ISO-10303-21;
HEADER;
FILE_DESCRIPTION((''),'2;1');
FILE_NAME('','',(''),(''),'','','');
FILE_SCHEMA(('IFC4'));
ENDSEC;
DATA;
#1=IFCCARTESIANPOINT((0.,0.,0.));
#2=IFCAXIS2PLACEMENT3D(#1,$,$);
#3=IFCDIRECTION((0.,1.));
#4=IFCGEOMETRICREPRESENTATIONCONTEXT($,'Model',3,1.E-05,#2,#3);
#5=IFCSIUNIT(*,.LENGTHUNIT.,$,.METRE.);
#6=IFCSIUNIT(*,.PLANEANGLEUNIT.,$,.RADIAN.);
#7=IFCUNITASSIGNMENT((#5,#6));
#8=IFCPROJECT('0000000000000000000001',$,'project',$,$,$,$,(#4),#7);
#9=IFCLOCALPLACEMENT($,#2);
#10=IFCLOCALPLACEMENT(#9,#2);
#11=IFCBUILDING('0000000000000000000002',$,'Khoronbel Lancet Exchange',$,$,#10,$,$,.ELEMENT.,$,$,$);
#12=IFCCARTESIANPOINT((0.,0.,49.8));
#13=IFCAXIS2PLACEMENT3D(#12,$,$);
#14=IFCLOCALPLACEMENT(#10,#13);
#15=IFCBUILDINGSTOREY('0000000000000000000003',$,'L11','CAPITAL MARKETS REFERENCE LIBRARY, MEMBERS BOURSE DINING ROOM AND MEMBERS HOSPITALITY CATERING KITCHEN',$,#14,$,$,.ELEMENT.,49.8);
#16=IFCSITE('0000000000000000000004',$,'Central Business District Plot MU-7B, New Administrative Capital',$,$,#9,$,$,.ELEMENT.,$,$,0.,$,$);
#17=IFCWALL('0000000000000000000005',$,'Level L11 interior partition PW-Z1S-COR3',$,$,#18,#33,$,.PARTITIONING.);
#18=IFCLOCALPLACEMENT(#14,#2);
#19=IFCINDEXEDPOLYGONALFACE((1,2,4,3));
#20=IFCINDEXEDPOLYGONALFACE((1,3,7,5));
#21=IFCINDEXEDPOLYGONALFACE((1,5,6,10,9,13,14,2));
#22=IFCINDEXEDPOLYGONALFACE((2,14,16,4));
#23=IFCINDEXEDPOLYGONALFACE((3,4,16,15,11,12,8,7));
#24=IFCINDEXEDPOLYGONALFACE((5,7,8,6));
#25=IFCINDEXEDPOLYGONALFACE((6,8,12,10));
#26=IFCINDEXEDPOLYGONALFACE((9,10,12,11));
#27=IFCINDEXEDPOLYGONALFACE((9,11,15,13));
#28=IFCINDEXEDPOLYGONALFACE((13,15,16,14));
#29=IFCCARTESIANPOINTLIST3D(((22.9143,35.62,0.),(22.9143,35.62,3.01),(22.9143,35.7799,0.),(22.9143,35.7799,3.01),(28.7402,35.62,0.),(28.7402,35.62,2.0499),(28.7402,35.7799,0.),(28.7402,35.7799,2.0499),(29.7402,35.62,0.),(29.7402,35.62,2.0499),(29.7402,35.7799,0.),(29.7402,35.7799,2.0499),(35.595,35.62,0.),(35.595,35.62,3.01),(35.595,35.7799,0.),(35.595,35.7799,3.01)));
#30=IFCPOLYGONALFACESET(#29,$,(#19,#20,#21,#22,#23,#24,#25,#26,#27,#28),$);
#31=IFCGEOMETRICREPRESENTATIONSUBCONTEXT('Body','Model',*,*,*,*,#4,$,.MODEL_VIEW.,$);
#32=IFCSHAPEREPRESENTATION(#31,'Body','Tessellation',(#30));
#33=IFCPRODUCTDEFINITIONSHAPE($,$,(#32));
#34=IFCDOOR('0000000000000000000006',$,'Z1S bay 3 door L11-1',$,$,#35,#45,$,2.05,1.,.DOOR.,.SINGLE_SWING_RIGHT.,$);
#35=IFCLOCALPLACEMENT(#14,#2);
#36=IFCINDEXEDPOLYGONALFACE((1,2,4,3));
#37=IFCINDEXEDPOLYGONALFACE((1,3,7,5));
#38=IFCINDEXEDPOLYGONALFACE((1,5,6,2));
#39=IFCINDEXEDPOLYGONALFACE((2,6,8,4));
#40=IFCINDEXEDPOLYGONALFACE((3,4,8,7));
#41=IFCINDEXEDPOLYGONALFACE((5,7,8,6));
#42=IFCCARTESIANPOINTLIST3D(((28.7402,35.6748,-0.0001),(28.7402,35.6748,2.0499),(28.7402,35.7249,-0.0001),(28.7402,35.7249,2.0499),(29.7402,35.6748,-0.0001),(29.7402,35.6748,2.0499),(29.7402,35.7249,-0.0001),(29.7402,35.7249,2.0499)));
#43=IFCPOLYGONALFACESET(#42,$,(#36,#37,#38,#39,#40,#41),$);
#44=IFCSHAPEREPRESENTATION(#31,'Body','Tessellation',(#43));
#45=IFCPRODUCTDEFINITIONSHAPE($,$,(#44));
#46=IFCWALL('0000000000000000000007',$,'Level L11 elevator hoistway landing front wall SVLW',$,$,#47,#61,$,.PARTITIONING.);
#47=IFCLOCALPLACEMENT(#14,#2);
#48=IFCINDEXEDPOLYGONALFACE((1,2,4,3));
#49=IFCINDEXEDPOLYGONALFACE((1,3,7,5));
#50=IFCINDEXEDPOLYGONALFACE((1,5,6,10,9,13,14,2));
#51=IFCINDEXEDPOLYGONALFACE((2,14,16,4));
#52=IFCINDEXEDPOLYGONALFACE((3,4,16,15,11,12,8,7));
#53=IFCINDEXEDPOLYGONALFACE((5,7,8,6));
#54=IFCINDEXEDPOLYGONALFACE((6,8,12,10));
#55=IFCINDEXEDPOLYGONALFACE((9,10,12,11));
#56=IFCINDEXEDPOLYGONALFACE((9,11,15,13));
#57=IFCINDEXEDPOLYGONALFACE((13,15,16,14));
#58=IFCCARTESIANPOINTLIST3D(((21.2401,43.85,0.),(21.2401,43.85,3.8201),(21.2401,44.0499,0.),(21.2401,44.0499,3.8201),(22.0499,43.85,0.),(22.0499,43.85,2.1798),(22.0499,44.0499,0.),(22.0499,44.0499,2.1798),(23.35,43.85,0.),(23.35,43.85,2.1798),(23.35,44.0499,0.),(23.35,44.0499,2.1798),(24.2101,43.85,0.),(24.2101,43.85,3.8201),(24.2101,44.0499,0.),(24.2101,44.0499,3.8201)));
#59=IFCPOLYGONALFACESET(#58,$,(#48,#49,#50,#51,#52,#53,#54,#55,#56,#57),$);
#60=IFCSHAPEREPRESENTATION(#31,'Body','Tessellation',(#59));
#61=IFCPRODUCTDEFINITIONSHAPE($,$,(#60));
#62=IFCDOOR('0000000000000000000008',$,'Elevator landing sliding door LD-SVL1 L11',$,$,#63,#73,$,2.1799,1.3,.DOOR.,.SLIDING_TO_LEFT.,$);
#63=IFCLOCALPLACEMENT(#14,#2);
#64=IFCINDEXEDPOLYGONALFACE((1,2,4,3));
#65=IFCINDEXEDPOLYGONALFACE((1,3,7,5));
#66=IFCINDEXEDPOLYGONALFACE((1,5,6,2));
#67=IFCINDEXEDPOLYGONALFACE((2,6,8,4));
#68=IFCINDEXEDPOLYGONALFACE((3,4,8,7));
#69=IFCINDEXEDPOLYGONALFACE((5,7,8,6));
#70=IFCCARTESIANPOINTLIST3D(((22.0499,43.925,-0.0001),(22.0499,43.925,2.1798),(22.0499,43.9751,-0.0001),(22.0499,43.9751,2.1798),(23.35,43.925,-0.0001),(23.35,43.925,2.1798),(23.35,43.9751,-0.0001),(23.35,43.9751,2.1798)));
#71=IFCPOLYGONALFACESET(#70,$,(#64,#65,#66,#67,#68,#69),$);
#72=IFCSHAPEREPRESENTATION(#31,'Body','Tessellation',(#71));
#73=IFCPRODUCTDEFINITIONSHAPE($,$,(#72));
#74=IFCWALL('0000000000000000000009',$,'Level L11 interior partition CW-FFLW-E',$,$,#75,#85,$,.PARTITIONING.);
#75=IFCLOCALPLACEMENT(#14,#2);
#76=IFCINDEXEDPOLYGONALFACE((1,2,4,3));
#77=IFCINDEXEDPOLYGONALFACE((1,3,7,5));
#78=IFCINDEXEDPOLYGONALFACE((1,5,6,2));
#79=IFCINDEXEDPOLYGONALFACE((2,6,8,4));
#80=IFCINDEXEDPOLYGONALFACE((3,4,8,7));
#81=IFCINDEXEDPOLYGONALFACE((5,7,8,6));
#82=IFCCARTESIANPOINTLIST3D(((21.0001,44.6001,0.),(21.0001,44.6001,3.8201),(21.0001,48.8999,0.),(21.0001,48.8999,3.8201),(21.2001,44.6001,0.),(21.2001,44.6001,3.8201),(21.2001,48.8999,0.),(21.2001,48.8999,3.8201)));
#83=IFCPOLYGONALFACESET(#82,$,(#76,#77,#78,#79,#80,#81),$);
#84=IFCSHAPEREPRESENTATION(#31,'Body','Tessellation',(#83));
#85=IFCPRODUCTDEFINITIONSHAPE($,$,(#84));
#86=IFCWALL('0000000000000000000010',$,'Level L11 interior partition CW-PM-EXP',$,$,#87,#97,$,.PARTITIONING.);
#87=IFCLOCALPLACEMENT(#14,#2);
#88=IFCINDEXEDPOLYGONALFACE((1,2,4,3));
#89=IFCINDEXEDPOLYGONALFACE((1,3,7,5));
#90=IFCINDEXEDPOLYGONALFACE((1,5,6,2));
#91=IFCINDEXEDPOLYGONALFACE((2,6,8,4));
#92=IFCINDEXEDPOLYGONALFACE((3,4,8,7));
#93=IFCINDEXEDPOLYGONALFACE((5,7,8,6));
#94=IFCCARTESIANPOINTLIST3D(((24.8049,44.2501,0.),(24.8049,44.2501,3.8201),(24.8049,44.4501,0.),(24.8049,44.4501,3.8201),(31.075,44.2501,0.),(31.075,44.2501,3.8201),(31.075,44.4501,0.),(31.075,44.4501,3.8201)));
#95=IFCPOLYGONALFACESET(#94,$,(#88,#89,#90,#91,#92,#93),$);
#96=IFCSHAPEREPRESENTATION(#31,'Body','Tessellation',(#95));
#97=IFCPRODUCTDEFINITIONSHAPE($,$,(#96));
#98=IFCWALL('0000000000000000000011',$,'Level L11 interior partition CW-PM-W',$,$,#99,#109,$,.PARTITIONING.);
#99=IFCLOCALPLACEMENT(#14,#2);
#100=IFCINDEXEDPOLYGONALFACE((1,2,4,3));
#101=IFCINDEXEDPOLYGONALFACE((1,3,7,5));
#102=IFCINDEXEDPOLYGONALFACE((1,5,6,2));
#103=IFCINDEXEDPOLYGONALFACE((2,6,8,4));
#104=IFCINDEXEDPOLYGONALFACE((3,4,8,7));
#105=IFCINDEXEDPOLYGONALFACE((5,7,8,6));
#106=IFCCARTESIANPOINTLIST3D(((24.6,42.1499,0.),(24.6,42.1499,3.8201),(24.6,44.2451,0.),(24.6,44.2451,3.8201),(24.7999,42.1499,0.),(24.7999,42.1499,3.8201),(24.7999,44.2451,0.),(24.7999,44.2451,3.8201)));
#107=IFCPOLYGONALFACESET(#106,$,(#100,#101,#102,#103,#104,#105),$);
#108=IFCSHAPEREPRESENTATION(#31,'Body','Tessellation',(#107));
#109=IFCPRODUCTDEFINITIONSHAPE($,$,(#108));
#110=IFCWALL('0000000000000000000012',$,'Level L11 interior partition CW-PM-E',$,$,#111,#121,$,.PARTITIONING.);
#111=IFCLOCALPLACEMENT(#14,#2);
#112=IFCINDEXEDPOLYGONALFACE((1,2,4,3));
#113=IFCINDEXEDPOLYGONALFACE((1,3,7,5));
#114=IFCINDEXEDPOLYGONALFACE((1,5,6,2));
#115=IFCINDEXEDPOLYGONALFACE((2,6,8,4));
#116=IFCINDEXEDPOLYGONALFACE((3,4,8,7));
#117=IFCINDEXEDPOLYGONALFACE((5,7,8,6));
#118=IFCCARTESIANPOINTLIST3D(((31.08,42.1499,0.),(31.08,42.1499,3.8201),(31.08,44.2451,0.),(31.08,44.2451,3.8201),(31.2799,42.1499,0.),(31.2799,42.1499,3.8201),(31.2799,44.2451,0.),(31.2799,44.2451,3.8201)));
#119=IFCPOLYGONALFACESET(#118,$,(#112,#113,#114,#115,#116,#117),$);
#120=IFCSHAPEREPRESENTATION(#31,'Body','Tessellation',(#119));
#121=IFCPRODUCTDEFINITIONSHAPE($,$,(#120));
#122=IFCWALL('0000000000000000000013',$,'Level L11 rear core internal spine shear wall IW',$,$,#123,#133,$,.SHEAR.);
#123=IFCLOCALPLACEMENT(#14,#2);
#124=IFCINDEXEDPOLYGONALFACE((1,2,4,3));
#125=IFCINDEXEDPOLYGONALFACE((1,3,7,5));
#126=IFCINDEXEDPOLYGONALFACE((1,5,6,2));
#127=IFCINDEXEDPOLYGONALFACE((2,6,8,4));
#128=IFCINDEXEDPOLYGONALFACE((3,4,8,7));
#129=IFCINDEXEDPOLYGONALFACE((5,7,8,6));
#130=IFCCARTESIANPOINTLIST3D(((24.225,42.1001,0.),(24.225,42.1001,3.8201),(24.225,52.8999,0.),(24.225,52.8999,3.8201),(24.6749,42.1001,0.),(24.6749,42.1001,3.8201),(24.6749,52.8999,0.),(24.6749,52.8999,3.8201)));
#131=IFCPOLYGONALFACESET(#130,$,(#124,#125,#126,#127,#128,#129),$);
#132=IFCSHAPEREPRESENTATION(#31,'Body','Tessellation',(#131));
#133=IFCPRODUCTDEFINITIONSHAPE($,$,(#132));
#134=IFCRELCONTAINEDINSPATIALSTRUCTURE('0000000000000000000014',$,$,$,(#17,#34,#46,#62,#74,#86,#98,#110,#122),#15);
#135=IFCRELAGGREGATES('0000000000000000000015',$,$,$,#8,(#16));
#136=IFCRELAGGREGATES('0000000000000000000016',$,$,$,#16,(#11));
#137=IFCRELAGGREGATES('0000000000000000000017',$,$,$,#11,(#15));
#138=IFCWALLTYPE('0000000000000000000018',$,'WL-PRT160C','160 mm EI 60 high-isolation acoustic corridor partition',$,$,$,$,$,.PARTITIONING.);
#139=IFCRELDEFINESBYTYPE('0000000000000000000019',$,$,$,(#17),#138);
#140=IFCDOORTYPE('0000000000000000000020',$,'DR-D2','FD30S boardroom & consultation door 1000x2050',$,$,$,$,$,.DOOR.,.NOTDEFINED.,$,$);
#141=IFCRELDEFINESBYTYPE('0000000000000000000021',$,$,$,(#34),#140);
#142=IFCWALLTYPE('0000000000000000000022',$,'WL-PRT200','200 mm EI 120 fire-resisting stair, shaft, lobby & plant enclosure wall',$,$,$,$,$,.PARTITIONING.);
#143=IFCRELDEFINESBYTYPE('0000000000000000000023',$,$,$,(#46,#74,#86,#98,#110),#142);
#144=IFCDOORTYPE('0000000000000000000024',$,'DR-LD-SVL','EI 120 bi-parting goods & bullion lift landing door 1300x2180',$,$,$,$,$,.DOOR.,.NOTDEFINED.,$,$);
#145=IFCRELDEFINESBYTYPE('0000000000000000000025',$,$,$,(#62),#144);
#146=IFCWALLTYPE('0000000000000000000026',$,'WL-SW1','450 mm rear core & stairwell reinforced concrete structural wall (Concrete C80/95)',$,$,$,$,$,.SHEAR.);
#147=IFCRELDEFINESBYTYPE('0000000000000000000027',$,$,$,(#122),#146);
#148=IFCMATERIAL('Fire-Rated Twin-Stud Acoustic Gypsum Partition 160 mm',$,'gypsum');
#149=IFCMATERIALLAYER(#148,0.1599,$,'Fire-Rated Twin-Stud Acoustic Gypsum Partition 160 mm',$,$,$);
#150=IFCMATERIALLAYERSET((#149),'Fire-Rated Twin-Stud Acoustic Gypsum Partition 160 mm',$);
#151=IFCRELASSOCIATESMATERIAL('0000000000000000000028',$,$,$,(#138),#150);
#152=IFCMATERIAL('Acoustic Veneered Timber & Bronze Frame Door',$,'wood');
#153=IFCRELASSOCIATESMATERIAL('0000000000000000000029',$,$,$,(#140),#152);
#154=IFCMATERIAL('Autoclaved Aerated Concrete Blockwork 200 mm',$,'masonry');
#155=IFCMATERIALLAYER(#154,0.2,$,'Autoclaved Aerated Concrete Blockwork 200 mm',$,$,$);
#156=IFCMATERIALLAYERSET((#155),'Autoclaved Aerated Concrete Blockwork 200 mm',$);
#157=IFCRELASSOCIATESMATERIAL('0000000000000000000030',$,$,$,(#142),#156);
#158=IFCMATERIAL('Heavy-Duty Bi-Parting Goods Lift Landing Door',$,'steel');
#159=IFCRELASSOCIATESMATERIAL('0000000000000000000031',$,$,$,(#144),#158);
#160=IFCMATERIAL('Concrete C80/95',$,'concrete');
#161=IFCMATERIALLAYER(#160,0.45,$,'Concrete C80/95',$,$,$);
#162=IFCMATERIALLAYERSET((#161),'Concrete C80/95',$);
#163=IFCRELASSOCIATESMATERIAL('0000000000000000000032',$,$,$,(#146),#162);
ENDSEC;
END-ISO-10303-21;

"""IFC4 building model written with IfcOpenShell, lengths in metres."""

from ifc_helpers import new_model, si_unit, direction, frame, frame_2d, origin, place, context, subcontext, project, spatial, rectangle, extrude, material, layer, layer_set, type_object, element, fill, save


model = new_model("IFC4")

# Units and contexts
model_context = context("Model", 3, precision=1e-05, world=origin(), true_north=direction((0.0, 1.0)))
body_context = subcontext(model_context, "Body", "Model", "MODEL_VIEW")
ifc_project = project(units=[si_unit("LENGTHUNIT", "METRE"), si_unit("PLANEANGLEUNIT", "RADIAN")], contexts=[model_context])

# Site, building, storey
site_placement = place(None, origin())
site = spatial("IfcSite", under=ifc_project, at=site_placement, Name="Central Business District Plot MU-7B, New Administrative Capital", CompositionType="ELEMENT", RefElevation=0.0)
building_placement = place(site_placement, origin())
building = spatial("IfcBuilding", under=site, at=building_placement, Name="Khoronbel Lancet Exchange", CompositionType="ELEMENT")
storey_placement = place(building_placement, frame((0.0, 0.0, 49.8)))
storey = spatial("IfcBuildingStorey", under=building, at=storey_placement, Name="L11", Description="CAPITAL MARKETS REFERENCE LIBRARY, MEMBERS BOURSE DINING ROOM AND MEMBERS HOSPITALITY CATERING KITCHEN", CompositionType="ELEMENT", Elevation=49.8)

# Shared definitions
ifc_material_1 = material(Name="Concrete C80/95", Category="concrete")

# Walls, openings, doors
ifc_material_2 = material(Name="Fire-Rated Twin-Stud Acoustic Gypsum Partition 160 mm", Category="gypsum")
ifc_layer_1 = layer(ifc_material_2, 0.1599, Name="Fire-Rated Twin-Stud Acoustic Gypsum Partition 160 mm")
ifc_layer_set_1 = layer_set([ifc_layer_1], Name="Fire-Rated Twin-Stud Acoustic Gypsum Partition 160 mm")
wall_type_1 = type_object("IfcWallType", Name="WL-PRT160C", Description="160 mm EI 60 high-isolation acoustic corridor partition", PredefinedType="PARTITIONING", material=ifc_layer_set_1)
wall_1_placement = place(storey_placement, frame((22.9143, 35.7, 0.0), z_axis=(0.0, 0.0, 1.0), x_axis=(1.0, 0.0, 0.0)))
wall_1 = element("IfcWall", 1, at=wall_1_placement, inside=storey, type_object=wall_type_1, Name="Level L11 interior partition PW-Z1S-COR3", PredefinedType="PARTITIONING", context=body_context, shape_type="SweptSolid", body=[
    extrude(rectangle(XDim=12.6807, YDim=0.1599, at=frame_2d((6.3403, 0.0))), origin(), (0.0, 0.0, 1.0), 3.01),
])
opening_1_placement = place(wall_1_placement, frame((5.8259, 0.0, 0.0)))
opening_1 = element("IfcOpeningElement", 2, at=opening_1_placement, cuts=wall_1, PredefinedType="OPENING", context=body_context, shape_type="SweptSolid", body=[
    extrude(rectangle(XDim=1.0, YDim=2.05, at=frame_2d((0.5, 1.0249))), frame((0.0, 0.0898, 0.0), z_axis=(0.0, -1.0, 0.0), x_axis=(1.0, 0.0, 0.0)), (0.0, 0.0, 1.0), 0.1799),
])
ifc_material_3 = material(Name="Acoustic Veneered Timber & Bronze Frame Door", Category="wood")
door_type_1 = type_object("IfcDoorType", Name="DR-D2", Description="FD30S boardroom & consultation door 1000x2050", OperationType="NOTDEFINED", PredefinedType="DOOR", material=ifc_material_3)
door_1_placement = place(opening_1_placement, origin())
door_1 = element("IfcDoor", 3, at=door_1_placement, inside=storey, type_object=door_type_1, Name="Z1S bay 3 door L11-1", OperationType="SINGLE_SWING_RIGHT", OverallHeight=2.05, OverallWidth=1.0, PredefinedType="DOOR", context=body_context, shape_type="SweptSolid", body=[
    extrude(rectangle(XDim=1.0, YDim=2.05, at=frame_2d((0.5, 1.0249))), frame((0.0, 0.0249, 0.0), z_axis=(0.0, -1.0, 0.0), x_axis=(1.0, 0.0, 0.0)), (0.0, 0.0, 1.0), 0.05),
])
fill(opening_1, door_1)
ifc_material_4 = material(Name="Autoclaved Aerated Concrete Blockwork 200 mm", Category="masonry")
ifc_layer_2 = layer(ifc_material_4, 0.2, Name="Autoclaved Aerated Concrete Blockwork 200 mm")
ifc_layer_set_2 = layer_set([ifc_layer_2], Name="Autoclaved Aerated Concrete Blockwork 200 mm")
wall_type_2 = type_object("IfcWallType", Name="WL-PRT200", Description="200 mm EI 120 fire-resisting stair, shaft, lobby & plant enclosure wall", PredefinedType="PARTITIONING", material=ifc_layer_set_2)
wall_2_placement = place(storey_placement, frame((24.21, 43.95, 0.0), z_axis=(0.0, 0.0, 1.0), x_axis=(-1.0, 0.0, 0.0)))
wall_2 = element("IfcWall", 4, at=wall_2_placement, inside=storey, type_object=wall_type_2, Name="Level L11 elevator hoistway landing front wall SVLW", PredefinedType="PARTITIONING", context=body_context, shape_type="SweptSolid", body=[
    extrude(rectangle(XDim=2.97, YDim=0.2, at=frame_2d((1.4849, 0.0))), origin(), (0.0, 0.0, 1.0), 3.8201),
])
opening_2_placement = place(wall_2_placement, frame((0.8601, 0.0, 0.0)))
opening_2 = element("IfcOpeningElement", 5, at=opening_2_placement, cuts=wall_2, PredefinedType="OPENING", context=body_context, shape_type="SweptSolid", body=[
    extrude(rectangle(XDim=1.3, YDim=2.1799, at=frame_2d((0.6499, 1.0898))), frame((0.0, 0.1099, 0.0), z_axis=(0.0, -1.0, 0.0), x_axis=(1.0, 0.0, 0.0)), (0.0, 0.0, 1.0), 0.22),
])
ifc_material_5 = material(Name="Heavy-Duty Bi-Parting Goods Lift Landing Door", Category="steel")
door_type_2 = type_object("IfcDoorType", Name="DR-LD-SVL", Description="EI 120 bi-parting goods & bullion lift landing door 1300x2180", OperationType="NOTDEFINED", PredefinedType="DOOR", material=ifc_material_5)
door_2_placement = place(opening_2_placement, origin())
door_2 = element("IfcDoor", 6, at=door_2_placement, inside=storey, type_object=door_type_2, Name="Elevator landing sliding door LD-SVL1 L11", OperationType="SLIDING_TO_LEFT", OverallHeight=2.1799, OverallWidth=1.3, PredefinedType="DOOR", context=body_context, shape_type="SweptSolid", body=[
    extrude(rectangle(XDim=1.3, YDim=2.1799, at=frame_2d((0.6499, 1.0898))), frame((0.0, 0.0249, 0.0), z_axis=(0.0, -1.0, 0.0), x_axis=(1.0, 0.0, 0.0)), (0.0, 0.0, 1.0), 0.05),
])
fill(opening_2, door_2)

# Wall
wall_3_placement = place(storey_placement, frame((21.1001, 44.6001, 0.0), z_axis=(0.0, 0.0, 1.0), x_axis=(0.0, 1.0, 0.0)))
element("IfcWall", 7, at=wall_3_placement, inside=storey, type_object=wall_type_2, Name="Level L11 interior partition CW-FFLW-E", PredefinedType="PARTITIONING", context=body_context, shape_type="SweptSolid", body=[
    extrude(rectangle(XDim=4.2998, YDim=0.2, at=frame_2d((2.1499, 0.0))), origin(), (0.0, 0.0, 1.0), 3.8201),
])

# Walls
wall_4_placement = place(storey_placement, frame((24.8049, 44.3501, 0.0), z_axis=(0.0, 0.0, 1.0), x_axis=(1.0, 0.0, 0.0)))
element("IfcWall", 8, at=wall_4_placement, inside=storey, type_object=wall_type_2, Name="Level L11 interior partition CW-PM-EXP", PredefinedType="PARTITIONING", context=body_context, shape_type="SweptSolid", body=[
    extrude(rectangle(XDim=6.27, YDim=0.2, at=frame_2d((3.135, 0.0))), origin(), (0.0, 0.0, 1.0), 3.8201),
])
for number, where, z_axis, x_axis, name in (
    (9, (24.7, 42.1499, 0.0), (0.0, 0.0, 1.0), (0.0, 1.0, 0.0), "Level L11 interior partition CW-PM-W"),
    (10, (31.1799, 42.1499, 0.0), (0.0, 0.0, 1.0), (0.0, 1.0, 0.0), "Level L11 interior partition CW-PM-E"),
):
    element("IfcWall", number, at=place(storey_placement, frame(where, z_axis=z_axis, x_axis=x_axis)), inside=storey, type_object=wall_type_2, Name=name, PredefinedType="PARTITIONING", context=body_context, shape_type="SweptSolid", body=[
        extrude(rectangle(XDim=2.0952, YDim=0.2, at=frame_2d((1.0476, 0.0))), origin(), (0.0, 0.0, 1.0), 3.8201),
    ])
ifc_layer_3 = layer(ifc_material_1, 0.45, Name="Concrete C80/95")
ifc_layer_set_3 = layer_set([ifc_layer_3], Name="Concrete C80/95")
wall_type_3 = type_object("IfcWallType", Name="WL-SW1", Description="450 mm rear core & stairwell reinforced concrete structural wall (Concrete C80/95)", PredefinedType="SHEAR", material=ifc_layer_set_3)
wall_5_placement = place(storey_placement, frame((24.45, 42.1001, 0.0), z_axis=(0.0, 0.0, 1.0), x_axis=(0.0, 1.0, 0.0)))
element("IfcWall", 11, at=wall_5_placement, inside=storey, type_object=wall_type_3, Name="Level L11 rear core internal spine shear wall IW", PredefinedType="SHEAR", context=body_context, shape_type="SweptSolid", body=[
    extrude(rectangle(XDim=10.7998, YDim=0.45, at=frame_2d((5.3999, 0.0))), origin(), (0.0, 0.0, 1.0), 3.8201),
])

save(model, "model.ifc")
